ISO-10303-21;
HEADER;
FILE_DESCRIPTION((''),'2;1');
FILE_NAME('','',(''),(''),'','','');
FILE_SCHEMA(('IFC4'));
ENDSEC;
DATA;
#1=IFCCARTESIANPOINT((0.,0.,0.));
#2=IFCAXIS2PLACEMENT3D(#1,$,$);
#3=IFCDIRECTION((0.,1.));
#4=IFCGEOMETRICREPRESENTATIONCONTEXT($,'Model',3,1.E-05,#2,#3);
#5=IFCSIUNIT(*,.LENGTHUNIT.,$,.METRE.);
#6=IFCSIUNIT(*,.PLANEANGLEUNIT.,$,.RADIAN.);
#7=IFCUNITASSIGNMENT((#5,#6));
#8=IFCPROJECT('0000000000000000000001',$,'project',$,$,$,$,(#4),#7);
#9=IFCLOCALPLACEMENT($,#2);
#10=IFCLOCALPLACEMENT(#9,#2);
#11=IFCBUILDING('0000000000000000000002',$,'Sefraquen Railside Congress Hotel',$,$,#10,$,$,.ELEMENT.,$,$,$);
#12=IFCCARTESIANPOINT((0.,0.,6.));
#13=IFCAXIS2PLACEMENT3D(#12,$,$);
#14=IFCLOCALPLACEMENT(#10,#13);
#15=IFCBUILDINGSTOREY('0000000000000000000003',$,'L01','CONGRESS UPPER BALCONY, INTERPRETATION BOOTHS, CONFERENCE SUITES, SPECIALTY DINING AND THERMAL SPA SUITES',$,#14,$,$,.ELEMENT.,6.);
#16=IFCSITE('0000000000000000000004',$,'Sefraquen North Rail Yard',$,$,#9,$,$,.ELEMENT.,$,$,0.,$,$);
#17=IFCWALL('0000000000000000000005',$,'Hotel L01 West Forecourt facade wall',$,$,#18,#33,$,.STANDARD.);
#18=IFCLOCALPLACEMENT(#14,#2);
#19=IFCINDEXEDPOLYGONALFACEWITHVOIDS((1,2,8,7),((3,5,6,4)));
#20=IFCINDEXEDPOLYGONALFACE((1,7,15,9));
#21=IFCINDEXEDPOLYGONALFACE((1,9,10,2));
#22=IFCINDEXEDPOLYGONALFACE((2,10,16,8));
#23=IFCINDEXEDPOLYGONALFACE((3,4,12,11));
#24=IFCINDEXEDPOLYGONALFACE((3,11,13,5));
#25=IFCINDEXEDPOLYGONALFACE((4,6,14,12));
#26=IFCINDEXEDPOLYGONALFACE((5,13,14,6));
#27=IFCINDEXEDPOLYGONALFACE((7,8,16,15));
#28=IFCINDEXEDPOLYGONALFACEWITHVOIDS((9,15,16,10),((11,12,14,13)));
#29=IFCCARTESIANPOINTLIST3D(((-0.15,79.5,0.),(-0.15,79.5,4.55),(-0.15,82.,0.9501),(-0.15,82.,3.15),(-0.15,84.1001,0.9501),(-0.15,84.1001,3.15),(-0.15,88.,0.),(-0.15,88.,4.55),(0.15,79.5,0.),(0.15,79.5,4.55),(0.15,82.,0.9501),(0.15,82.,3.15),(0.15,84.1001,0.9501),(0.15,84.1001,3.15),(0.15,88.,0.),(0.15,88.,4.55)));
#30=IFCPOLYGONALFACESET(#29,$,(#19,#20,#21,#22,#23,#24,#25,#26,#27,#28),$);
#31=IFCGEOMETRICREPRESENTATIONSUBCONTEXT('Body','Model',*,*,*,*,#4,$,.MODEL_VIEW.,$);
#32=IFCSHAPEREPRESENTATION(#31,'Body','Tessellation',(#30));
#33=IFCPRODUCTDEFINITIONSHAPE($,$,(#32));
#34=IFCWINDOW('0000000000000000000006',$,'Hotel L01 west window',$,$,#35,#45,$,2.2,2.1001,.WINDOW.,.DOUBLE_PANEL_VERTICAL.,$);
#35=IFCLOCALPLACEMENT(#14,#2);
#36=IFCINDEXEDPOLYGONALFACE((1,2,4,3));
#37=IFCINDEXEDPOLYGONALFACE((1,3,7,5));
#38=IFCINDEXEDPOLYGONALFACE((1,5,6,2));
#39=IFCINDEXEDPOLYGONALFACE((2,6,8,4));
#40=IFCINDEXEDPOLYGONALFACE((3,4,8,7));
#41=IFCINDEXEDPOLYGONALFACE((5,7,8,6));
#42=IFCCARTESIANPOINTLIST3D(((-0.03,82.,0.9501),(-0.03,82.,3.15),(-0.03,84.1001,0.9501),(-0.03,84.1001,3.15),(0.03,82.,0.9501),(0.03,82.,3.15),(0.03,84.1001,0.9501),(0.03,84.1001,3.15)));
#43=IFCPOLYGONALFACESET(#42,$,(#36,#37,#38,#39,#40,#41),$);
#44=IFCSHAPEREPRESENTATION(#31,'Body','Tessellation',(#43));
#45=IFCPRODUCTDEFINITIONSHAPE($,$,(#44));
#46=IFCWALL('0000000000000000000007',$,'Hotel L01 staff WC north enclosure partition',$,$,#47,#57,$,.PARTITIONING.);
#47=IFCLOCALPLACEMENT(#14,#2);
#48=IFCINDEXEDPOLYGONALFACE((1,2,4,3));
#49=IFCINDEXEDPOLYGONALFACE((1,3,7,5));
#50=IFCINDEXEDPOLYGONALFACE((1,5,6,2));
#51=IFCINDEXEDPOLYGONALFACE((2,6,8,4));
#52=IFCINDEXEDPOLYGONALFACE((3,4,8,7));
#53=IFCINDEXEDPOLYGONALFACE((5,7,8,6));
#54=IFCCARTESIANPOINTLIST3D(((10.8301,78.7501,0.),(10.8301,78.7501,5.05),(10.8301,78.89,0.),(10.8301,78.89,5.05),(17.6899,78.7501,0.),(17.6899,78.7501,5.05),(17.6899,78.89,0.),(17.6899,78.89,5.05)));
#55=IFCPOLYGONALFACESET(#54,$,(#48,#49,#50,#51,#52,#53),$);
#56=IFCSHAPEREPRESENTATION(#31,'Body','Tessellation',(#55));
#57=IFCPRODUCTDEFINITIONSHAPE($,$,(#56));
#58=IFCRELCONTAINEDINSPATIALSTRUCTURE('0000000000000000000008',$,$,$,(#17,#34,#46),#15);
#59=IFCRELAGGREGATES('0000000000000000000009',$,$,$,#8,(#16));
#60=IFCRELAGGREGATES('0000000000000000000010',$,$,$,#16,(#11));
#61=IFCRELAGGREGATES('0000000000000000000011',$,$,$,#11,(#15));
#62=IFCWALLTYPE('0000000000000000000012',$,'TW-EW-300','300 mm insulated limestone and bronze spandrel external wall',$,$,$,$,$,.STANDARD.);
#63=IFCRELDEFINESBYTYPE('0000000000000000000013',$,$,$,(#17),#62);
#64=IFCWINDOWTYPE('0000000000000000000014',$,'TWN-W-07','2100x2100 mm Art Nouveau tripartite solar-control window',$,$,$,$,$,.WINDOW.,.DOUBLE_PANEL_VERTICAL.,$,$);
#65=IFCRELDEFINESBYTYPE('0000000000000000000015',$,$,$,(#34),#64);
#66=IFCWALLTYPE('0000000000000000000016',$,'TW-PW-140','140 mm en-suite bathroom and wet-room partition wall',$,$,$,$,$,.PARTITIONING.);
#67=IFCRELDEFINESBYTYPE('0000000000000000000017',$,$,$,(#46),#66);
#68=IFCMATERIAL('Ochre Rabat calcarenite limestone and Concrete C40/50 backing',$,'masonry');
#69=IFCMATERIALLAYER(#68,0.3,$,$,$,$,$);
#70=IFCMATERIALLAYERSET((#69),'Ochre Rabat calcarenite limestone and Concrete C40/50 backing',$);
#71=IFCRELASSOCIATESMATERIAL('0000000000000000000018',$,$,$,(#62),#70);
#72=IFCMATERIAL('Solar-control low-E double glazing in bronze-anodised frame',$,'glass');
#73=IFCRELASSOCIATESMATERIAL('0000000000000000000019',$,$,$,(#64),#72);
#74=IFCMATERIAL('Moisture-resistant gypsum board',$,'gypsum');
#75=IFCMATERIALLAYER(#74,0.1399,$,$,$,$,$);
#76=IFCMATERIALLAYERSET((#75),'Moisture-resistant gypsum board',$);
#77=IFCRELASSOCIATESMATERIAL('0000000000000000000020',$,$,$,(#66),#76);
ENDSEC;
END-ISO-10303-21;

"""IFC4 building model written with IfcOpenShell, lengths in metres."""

from ifc_helpers import new_model, si_unit, direction, frame, frame_2d, origin, place, context, subcontext, project, spatial, rectangle, extrude, material, layer, layer_set, type_object, element, fill, save


model = new_model("IFC4")

# Units and contexts
model_context = context("Model", 3, precision=1e-05, world=origin(), true_north=direction((0.0, 1.0)))
body_context = subcontext(model_context, "Body", "Model", "MODEL_VIEW")
ifc_project = project(units=[si_unit("LENGTHUNIT", "METRE"), si_unit("PLANEANGLEUNIT", "RADIAN")], contexts=[model_context])

# Site, building, storey
site_placement = place(None, origin())
site = spatial("IfcSite", under=ifc_project, at=site_placement, Name="Sefraquen North Rail Yard", CompositionType="ELEMENT", RefElevation=0.0)
building_placement = place(site_placement, origin())
building = spatial("IfcBuilding", under=site, at=building_placement, Name="Sefraquen Railside Congress Hotel", CompositionType="ELEMENT")
storey_placement = place(building_placement, frame((0.0, 0.0, 6.0)))
storey = spatial("IfcBuildingStorey", under=building, at=storey_placement, Name="L01", Description="CONGRESS UPPER BALCONY, INTERPRETATION BOOTHS, CONFERENCE SUITES, SPECIALTY DINING AND THERMAL SPA SUITES", CompositionType="ELEMENT", Elevation=6.0)

# Wall, opening, window
ifc_material_1 = material(Name="Ochre Rabat calcarenite limestone and Concrete C40/50 backing", Category="masonry")
ifc_layer_1 = layer(ifc_material_1, 0.3)
ifc_layer_set_1 = layer_set([ifc_layer_1], Name="Ochre Rabat calcarenite limestone and Concrete C40/50 backing")
wall_type_1 = type_object("IfcWallType", Name="TW-EW-300", Description="300 mm insulated limestone and bronze spandrel external wall", PredefinedType="STANDARD", material=ifc_layer_set_1)
ifc_material_2 = material(Name="Solar-control low-E double glazing in bronze-anodised frame", Category="glass")
window_type = type_object("IfcWindowType", Name="TWN-W-07", Description="2100x2100 mm Art Nouveau tripartite solar-control window", PartitioningType="DOUBLE_PANEL_VERTICAL", PredefinedType="WINDOW", material=ifc_material_2)
wall_1_placement = place(storey_placement, frame((0.0, 79.5, 0.0), z_axis=(0.0, 0.0, 1.0), x_axis=(0.0, 1.0, 0.0)))
wall_1 = element("IfcWall", 1, at=wall_1_placement, inside=storey, type_object=wall_type_1, Name="Hotel L01 West Forecourt facade wall", PredefinedType="STANDARD", context=body_context, shape_type="SweptSolid", body=[
    extrude(rectangle(XDim=8.5, YDim=0.3, at=frame_2d((4.25, 0.0))), origin(), (0.0, 0.0, 1.0), 4.55),
])
opening_1_placement = place(wall_1_placement, frame((2.5, 0.0, 0.95)))
opening_1 = element("IfcOpeningElement", 2, at=opening_1_placement, cuts=wall_1, PredefinedType="OPENING", context=body_context, shape_type="SweptSolid", body=[
    extrude(rectangle(XDim=2.1001, YDim=2.2, at=frame_2d((1.05, 1.1001))), frame((0.0, 0.1599, 0.0), z_axis=(0.0, -1.0, 0.0), x_axis=(1.0, 0.0, 0.0)), (0.0, 0.0, 1.0), 0.3201),
])
window_1_placement = place(opening_1_placement, origin())
window_1 = element("IfcWindow", 3, at=window_1_placement, inside=storey, type_object=window_type, Name="Hotel L01 west window", OverallHeight=2.2, OverallWidth=2.1001, PartitioningType="DOUBLE_PANEL_VERTICAL", PredefinedType="WINDOW", context=body_context, shape_type="SweptSolid", body=[
    extrude(rectangle(XDim=2.1001, YDim=2.2, at=frame_2d((1.05, 1.1001))), frame((0.0, 0.03, 0.0), z_axis=(0.0, -1.0, 0.0), x_axis=(1.0, 0.0, 0.0)), (0.0, 0.0, 1.0), 0.0601),
])
fill(opening_1, window_1)

# Wall
ifc_material_3 = material(Name="Moisture-resistant gypsum board", Category="gypsum")
ifc_layer_2 = layer(ifc_material_3, 0.1399)
ifc_layer_set_2 = layer_set([ifc_layer_2], Name="Moisture-resistant gypsum board")
wall_type_2 = type_object("IfcWallType", Name="TW-PW-140", Description="140 mm en-suite bathroom and wet-room partition wall", PredefinedType="PARTITIONING", material=ifc_layer_set_2)
wall_2_placement = place(storey_placement, frame((10.8301, 78.8201, 0.0), z_axis=(0.0, 0.0, 1.0), x_axis=(1.0, 0.0, 0.0)))
element("IfcWall", 4, at=wall_2_placement, inside=storey, type_object=wall_type_2, Name="Hotel L01 staff WC north enclosure partition", PredefinedType="PARTITIONING", context=body_context, shape_type="SweptSolid", body=[
    extrude(rectangle(XDim=6.8599, YDim=0.1399, at=frame_2d((3.4299, 0.0))), origin(), (0.0, 0.0, 1.0), 5.05),
])

save(model, "model.ifc")
